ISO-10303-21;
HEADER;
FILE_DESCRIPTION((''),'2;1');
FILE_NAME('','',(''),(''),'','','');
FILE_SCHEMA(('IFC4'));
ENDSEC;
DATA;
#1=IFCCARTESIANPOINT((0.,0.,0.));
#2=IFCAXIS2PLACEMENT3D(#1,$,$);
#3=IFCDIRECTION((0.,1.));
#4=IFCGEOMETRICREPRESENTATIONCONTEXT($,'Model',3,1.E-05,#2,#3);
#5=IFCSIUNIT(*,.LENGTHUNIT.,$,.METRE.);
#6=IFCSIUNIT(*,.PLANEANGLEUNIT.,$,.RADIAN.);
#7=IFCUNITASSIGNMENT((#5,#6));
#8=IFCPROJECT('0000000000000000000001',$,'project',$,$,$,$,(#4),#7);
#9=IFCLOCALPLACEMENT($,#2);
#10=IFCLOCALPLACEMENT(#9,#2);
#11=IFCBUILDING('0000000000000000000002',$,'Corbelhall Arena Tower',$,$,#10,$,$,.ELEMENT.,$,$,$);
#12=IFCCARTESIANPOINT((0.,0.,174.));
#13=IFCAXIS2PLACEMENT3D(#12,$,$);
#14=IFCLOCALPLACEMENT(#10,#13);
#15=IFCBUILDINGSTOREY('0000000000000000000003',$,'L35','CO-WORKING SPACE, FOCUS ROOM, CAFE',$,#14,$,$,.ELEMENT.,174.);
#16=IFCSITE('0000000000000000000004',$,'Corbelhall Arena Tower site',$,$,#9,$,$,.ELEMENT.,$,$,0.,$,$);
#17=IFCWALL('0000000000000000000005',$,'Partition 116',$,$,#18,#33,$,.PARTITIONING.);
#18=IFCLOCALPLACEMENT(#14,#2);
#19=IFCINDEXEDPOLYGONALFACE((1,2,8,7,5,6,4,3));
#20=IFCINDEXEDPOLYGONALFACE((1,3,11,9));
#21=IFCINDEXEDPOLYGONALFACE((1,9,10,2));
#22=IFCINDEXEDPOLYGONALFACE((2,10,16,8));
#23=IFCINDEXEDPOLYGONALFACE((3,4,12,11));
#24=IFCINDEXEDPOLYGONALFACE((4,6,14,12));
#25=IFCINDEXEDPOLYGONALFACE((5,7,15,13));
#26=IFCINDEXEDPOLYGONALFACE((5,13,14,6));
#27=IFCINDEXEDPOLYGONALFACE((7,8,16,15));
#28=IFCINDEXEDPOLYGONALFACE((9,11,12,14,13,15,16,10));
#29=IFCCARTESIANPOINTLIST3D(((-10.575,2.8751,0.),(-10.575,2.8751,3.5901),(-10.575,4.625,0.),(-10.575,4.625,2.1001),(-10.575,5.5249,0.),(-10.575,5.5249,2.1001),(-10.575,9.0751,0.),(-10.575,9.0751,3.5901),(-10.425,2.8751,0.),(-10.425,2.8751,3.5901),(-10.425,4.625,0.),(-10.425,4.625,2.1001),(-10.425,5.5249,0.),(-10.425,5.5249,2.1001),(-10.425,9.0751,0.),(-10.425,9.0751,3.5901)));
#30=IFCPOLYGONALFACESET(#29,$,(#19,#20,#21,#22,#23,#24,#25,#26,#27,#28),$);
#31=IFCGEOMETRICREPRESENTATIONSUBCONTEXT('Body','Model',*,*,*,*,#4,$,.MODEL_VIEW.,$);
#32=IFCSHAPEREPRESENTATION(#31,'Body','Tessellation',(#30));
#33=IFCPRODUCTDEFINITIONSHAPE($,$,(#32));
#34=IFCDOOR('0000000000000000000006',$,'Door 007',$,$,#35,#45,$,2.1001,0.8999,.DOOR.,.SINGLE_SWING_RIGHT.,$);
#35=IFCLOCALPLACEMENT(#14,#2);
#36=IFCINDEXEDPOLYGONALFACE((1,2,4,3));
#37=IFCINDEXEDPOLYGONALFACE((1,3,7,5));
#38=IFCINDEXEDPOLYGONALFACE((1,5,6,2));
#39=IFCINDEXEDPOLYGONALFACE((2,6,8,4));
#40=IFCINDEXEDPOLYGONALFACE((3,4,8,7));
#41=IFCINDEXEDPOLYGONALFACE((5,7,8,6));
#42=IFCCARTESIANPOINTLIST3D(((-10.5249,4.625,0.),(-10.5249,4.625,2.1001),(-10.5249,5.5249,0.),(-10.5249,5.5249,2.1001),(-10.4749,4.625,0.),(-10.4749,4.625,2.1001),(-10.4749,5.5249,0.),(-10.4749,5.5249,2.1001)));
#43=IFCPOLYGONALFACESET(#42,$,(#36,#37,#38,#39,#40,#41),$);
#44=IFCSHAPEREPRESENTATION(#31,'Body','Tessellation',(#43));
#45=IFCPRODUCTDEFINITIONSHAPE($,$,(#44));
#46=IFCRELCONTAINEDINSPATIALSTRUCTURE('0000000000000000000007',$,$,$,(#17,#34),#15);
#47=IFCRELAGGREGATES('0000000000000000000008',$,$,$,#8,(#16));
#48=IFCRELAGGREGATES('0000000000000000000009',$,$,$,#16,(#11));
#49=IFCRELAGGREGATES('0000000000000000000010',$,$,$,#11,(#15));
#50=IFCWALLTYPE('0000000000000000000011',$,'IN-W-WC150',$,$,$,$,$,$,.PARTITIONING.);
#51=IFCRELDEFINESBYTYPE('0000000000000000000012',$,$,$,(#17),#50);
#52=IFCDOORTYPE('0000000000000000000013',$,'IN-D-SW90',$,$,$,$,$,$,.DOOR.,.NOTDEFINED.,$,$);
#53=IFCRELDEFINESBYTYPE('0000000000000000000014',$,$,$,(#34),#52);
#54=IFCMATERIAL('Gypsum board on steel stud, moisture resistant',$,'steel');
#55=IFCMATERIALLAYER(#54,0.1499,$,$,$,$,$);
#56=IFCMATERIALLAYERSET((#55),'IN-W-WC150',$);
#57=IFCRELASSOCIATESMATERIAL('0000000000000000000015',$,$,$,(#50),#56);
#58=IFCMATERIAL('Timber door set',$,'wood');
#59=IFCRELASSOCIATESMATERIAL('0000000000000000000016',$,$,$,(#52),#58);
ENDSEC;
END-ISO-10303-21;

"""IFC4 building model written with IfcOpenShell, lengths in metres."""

from ifc_helpers import new_model, si_unit, direction, frame, frame_2d, origin, place, context, subcontext, project, spatial, rectangle, extrude, material, layer, layer_set, type_object, element, fill, save


model = new_model("IFC4")

# Units and contexts
model_context = context("Model", 3, precision=1e-05, world=origin(), true_north=direction((0.0, 1.0)))
body_context = subcontext(model_context, "Body", "Model", "MODEL_VIEW")
ifc_project = project(units=[si_unit("LENGTHUNIT", "METRE"), si_unit("PLANEANGLEUNIT", "RADIAN")], contexts=[model_context])

# Site, building, storey
site_placement = place(None, origin())
site = spatial("IfcSite", under=ifc_project, at=site_placement, Name="Corbelhall Arena Tower site", CompositionType="ELEMENT", RefElevation=0.0)
building_placement = place(site_placement, origin())
building = spatial("IfcBuilding", under=site, at=building_placement, Name="Corbelhall Arena Tower", CompositionType="ELEMENT")
storey_placement = place(building_placement, frame((0.0, 0.0, 174.0)))
storey = spatial("IfcBuildingStorey", under=building, at=storey_placement, Name="L35", Description="CO-WORKING SPACE, FOCUS ROOM, CAFE", CompositionType="ELEMENT", Elevation=174.0)

# Wall, opening, door
ifc_material_1 = material(Name="Gypsum board on steel stud, moisture resistant", Category="steel")
ifc_layer_1 = layer(ifc_material_1, 0.1499)
ifc_layer_set_1 = layer_set([ifc_layer_1], Name="IN-W-WC150")
wall_type_1 = type_object("IfcWallType", Name="IN-W-WC150", PredefinedType="PARTITIONING", material=ifc_layer_set_1)
wall_1_placement = place(storey_placement, frame((-10.5, 2.875, 0.0), z_axis=(0.0, 0.0, 1.0), x_axis=(0.0, 1.0, 0.0)))
wall_1 = element("IfcWall", 1, at=wall_1_placement, inside=storey, type_object=wall_type_1, Name="Partition 116", PredefinedType="PARTITIONING", context=body_context, shape_type="SweptSolid", body=[
    extrude(rectangle(XDim=6.2, YDim=0.1499, at=frame_2d((3.1001, 0.0))), origin(), (0.0, 0.0, 1.0), 3.5901),
])
opening_1_placement = place(wall_1_placement, frame((1.75, 0.0, 0.0)))
opening_1 = element("IfcOpeningElement", 2, at=opening_1_placement, cuts=wall_1, PredefinedType="OPENING", context=body_context, shape_type="SweptSolid", body=[
    extrude(rectangle(XDim=0.8999, YDim=2.1001, at=frame_2d((0.45, 1.05))), frame((0.0, 0.075, 0.0), z_axis=(0.0, -1.0, 0.0), x_axis=(1.0, 0.0, 0.0)), (0.0, 0.0, 1.0), 0.1499),
])
ifc_material_2 = material(Name="Timber door set", Category="wood")
door_type_1 = type_object("IfcDoorType", Name="IN-D-SW90", OperationType="NOTDEFINED", PredefinedType="DOOR", material=ifc_material_2)
door_1_placement = place(opening_1_placement, origin())
door_1 = element("IfcDoor", 3, at=door_1_placement, inside=storey, type_object=door_type_1, Name="Door 007", OperationType="SINGLE_SWING_RIGHT", OverallHeight=2.1001, OverallWidth=0.8999, PredefinedType="DOOR", context=body_context, shape_type="SweptSolid", body=[
    extrude(rectangle(XDim=0.8999, YDim=2.1001, at=frame_2d((0.45, 1.05))), frame((0.0, 0.0249, 0.0), z_axis=(0.0, -1.0, 0.0), x_axis=(1.0, 0.0, 0.0)), (0.0, 0.0, 1.0), 0.05),
])
fill(opening_1, door_1)

save(model, "model.ifc")
